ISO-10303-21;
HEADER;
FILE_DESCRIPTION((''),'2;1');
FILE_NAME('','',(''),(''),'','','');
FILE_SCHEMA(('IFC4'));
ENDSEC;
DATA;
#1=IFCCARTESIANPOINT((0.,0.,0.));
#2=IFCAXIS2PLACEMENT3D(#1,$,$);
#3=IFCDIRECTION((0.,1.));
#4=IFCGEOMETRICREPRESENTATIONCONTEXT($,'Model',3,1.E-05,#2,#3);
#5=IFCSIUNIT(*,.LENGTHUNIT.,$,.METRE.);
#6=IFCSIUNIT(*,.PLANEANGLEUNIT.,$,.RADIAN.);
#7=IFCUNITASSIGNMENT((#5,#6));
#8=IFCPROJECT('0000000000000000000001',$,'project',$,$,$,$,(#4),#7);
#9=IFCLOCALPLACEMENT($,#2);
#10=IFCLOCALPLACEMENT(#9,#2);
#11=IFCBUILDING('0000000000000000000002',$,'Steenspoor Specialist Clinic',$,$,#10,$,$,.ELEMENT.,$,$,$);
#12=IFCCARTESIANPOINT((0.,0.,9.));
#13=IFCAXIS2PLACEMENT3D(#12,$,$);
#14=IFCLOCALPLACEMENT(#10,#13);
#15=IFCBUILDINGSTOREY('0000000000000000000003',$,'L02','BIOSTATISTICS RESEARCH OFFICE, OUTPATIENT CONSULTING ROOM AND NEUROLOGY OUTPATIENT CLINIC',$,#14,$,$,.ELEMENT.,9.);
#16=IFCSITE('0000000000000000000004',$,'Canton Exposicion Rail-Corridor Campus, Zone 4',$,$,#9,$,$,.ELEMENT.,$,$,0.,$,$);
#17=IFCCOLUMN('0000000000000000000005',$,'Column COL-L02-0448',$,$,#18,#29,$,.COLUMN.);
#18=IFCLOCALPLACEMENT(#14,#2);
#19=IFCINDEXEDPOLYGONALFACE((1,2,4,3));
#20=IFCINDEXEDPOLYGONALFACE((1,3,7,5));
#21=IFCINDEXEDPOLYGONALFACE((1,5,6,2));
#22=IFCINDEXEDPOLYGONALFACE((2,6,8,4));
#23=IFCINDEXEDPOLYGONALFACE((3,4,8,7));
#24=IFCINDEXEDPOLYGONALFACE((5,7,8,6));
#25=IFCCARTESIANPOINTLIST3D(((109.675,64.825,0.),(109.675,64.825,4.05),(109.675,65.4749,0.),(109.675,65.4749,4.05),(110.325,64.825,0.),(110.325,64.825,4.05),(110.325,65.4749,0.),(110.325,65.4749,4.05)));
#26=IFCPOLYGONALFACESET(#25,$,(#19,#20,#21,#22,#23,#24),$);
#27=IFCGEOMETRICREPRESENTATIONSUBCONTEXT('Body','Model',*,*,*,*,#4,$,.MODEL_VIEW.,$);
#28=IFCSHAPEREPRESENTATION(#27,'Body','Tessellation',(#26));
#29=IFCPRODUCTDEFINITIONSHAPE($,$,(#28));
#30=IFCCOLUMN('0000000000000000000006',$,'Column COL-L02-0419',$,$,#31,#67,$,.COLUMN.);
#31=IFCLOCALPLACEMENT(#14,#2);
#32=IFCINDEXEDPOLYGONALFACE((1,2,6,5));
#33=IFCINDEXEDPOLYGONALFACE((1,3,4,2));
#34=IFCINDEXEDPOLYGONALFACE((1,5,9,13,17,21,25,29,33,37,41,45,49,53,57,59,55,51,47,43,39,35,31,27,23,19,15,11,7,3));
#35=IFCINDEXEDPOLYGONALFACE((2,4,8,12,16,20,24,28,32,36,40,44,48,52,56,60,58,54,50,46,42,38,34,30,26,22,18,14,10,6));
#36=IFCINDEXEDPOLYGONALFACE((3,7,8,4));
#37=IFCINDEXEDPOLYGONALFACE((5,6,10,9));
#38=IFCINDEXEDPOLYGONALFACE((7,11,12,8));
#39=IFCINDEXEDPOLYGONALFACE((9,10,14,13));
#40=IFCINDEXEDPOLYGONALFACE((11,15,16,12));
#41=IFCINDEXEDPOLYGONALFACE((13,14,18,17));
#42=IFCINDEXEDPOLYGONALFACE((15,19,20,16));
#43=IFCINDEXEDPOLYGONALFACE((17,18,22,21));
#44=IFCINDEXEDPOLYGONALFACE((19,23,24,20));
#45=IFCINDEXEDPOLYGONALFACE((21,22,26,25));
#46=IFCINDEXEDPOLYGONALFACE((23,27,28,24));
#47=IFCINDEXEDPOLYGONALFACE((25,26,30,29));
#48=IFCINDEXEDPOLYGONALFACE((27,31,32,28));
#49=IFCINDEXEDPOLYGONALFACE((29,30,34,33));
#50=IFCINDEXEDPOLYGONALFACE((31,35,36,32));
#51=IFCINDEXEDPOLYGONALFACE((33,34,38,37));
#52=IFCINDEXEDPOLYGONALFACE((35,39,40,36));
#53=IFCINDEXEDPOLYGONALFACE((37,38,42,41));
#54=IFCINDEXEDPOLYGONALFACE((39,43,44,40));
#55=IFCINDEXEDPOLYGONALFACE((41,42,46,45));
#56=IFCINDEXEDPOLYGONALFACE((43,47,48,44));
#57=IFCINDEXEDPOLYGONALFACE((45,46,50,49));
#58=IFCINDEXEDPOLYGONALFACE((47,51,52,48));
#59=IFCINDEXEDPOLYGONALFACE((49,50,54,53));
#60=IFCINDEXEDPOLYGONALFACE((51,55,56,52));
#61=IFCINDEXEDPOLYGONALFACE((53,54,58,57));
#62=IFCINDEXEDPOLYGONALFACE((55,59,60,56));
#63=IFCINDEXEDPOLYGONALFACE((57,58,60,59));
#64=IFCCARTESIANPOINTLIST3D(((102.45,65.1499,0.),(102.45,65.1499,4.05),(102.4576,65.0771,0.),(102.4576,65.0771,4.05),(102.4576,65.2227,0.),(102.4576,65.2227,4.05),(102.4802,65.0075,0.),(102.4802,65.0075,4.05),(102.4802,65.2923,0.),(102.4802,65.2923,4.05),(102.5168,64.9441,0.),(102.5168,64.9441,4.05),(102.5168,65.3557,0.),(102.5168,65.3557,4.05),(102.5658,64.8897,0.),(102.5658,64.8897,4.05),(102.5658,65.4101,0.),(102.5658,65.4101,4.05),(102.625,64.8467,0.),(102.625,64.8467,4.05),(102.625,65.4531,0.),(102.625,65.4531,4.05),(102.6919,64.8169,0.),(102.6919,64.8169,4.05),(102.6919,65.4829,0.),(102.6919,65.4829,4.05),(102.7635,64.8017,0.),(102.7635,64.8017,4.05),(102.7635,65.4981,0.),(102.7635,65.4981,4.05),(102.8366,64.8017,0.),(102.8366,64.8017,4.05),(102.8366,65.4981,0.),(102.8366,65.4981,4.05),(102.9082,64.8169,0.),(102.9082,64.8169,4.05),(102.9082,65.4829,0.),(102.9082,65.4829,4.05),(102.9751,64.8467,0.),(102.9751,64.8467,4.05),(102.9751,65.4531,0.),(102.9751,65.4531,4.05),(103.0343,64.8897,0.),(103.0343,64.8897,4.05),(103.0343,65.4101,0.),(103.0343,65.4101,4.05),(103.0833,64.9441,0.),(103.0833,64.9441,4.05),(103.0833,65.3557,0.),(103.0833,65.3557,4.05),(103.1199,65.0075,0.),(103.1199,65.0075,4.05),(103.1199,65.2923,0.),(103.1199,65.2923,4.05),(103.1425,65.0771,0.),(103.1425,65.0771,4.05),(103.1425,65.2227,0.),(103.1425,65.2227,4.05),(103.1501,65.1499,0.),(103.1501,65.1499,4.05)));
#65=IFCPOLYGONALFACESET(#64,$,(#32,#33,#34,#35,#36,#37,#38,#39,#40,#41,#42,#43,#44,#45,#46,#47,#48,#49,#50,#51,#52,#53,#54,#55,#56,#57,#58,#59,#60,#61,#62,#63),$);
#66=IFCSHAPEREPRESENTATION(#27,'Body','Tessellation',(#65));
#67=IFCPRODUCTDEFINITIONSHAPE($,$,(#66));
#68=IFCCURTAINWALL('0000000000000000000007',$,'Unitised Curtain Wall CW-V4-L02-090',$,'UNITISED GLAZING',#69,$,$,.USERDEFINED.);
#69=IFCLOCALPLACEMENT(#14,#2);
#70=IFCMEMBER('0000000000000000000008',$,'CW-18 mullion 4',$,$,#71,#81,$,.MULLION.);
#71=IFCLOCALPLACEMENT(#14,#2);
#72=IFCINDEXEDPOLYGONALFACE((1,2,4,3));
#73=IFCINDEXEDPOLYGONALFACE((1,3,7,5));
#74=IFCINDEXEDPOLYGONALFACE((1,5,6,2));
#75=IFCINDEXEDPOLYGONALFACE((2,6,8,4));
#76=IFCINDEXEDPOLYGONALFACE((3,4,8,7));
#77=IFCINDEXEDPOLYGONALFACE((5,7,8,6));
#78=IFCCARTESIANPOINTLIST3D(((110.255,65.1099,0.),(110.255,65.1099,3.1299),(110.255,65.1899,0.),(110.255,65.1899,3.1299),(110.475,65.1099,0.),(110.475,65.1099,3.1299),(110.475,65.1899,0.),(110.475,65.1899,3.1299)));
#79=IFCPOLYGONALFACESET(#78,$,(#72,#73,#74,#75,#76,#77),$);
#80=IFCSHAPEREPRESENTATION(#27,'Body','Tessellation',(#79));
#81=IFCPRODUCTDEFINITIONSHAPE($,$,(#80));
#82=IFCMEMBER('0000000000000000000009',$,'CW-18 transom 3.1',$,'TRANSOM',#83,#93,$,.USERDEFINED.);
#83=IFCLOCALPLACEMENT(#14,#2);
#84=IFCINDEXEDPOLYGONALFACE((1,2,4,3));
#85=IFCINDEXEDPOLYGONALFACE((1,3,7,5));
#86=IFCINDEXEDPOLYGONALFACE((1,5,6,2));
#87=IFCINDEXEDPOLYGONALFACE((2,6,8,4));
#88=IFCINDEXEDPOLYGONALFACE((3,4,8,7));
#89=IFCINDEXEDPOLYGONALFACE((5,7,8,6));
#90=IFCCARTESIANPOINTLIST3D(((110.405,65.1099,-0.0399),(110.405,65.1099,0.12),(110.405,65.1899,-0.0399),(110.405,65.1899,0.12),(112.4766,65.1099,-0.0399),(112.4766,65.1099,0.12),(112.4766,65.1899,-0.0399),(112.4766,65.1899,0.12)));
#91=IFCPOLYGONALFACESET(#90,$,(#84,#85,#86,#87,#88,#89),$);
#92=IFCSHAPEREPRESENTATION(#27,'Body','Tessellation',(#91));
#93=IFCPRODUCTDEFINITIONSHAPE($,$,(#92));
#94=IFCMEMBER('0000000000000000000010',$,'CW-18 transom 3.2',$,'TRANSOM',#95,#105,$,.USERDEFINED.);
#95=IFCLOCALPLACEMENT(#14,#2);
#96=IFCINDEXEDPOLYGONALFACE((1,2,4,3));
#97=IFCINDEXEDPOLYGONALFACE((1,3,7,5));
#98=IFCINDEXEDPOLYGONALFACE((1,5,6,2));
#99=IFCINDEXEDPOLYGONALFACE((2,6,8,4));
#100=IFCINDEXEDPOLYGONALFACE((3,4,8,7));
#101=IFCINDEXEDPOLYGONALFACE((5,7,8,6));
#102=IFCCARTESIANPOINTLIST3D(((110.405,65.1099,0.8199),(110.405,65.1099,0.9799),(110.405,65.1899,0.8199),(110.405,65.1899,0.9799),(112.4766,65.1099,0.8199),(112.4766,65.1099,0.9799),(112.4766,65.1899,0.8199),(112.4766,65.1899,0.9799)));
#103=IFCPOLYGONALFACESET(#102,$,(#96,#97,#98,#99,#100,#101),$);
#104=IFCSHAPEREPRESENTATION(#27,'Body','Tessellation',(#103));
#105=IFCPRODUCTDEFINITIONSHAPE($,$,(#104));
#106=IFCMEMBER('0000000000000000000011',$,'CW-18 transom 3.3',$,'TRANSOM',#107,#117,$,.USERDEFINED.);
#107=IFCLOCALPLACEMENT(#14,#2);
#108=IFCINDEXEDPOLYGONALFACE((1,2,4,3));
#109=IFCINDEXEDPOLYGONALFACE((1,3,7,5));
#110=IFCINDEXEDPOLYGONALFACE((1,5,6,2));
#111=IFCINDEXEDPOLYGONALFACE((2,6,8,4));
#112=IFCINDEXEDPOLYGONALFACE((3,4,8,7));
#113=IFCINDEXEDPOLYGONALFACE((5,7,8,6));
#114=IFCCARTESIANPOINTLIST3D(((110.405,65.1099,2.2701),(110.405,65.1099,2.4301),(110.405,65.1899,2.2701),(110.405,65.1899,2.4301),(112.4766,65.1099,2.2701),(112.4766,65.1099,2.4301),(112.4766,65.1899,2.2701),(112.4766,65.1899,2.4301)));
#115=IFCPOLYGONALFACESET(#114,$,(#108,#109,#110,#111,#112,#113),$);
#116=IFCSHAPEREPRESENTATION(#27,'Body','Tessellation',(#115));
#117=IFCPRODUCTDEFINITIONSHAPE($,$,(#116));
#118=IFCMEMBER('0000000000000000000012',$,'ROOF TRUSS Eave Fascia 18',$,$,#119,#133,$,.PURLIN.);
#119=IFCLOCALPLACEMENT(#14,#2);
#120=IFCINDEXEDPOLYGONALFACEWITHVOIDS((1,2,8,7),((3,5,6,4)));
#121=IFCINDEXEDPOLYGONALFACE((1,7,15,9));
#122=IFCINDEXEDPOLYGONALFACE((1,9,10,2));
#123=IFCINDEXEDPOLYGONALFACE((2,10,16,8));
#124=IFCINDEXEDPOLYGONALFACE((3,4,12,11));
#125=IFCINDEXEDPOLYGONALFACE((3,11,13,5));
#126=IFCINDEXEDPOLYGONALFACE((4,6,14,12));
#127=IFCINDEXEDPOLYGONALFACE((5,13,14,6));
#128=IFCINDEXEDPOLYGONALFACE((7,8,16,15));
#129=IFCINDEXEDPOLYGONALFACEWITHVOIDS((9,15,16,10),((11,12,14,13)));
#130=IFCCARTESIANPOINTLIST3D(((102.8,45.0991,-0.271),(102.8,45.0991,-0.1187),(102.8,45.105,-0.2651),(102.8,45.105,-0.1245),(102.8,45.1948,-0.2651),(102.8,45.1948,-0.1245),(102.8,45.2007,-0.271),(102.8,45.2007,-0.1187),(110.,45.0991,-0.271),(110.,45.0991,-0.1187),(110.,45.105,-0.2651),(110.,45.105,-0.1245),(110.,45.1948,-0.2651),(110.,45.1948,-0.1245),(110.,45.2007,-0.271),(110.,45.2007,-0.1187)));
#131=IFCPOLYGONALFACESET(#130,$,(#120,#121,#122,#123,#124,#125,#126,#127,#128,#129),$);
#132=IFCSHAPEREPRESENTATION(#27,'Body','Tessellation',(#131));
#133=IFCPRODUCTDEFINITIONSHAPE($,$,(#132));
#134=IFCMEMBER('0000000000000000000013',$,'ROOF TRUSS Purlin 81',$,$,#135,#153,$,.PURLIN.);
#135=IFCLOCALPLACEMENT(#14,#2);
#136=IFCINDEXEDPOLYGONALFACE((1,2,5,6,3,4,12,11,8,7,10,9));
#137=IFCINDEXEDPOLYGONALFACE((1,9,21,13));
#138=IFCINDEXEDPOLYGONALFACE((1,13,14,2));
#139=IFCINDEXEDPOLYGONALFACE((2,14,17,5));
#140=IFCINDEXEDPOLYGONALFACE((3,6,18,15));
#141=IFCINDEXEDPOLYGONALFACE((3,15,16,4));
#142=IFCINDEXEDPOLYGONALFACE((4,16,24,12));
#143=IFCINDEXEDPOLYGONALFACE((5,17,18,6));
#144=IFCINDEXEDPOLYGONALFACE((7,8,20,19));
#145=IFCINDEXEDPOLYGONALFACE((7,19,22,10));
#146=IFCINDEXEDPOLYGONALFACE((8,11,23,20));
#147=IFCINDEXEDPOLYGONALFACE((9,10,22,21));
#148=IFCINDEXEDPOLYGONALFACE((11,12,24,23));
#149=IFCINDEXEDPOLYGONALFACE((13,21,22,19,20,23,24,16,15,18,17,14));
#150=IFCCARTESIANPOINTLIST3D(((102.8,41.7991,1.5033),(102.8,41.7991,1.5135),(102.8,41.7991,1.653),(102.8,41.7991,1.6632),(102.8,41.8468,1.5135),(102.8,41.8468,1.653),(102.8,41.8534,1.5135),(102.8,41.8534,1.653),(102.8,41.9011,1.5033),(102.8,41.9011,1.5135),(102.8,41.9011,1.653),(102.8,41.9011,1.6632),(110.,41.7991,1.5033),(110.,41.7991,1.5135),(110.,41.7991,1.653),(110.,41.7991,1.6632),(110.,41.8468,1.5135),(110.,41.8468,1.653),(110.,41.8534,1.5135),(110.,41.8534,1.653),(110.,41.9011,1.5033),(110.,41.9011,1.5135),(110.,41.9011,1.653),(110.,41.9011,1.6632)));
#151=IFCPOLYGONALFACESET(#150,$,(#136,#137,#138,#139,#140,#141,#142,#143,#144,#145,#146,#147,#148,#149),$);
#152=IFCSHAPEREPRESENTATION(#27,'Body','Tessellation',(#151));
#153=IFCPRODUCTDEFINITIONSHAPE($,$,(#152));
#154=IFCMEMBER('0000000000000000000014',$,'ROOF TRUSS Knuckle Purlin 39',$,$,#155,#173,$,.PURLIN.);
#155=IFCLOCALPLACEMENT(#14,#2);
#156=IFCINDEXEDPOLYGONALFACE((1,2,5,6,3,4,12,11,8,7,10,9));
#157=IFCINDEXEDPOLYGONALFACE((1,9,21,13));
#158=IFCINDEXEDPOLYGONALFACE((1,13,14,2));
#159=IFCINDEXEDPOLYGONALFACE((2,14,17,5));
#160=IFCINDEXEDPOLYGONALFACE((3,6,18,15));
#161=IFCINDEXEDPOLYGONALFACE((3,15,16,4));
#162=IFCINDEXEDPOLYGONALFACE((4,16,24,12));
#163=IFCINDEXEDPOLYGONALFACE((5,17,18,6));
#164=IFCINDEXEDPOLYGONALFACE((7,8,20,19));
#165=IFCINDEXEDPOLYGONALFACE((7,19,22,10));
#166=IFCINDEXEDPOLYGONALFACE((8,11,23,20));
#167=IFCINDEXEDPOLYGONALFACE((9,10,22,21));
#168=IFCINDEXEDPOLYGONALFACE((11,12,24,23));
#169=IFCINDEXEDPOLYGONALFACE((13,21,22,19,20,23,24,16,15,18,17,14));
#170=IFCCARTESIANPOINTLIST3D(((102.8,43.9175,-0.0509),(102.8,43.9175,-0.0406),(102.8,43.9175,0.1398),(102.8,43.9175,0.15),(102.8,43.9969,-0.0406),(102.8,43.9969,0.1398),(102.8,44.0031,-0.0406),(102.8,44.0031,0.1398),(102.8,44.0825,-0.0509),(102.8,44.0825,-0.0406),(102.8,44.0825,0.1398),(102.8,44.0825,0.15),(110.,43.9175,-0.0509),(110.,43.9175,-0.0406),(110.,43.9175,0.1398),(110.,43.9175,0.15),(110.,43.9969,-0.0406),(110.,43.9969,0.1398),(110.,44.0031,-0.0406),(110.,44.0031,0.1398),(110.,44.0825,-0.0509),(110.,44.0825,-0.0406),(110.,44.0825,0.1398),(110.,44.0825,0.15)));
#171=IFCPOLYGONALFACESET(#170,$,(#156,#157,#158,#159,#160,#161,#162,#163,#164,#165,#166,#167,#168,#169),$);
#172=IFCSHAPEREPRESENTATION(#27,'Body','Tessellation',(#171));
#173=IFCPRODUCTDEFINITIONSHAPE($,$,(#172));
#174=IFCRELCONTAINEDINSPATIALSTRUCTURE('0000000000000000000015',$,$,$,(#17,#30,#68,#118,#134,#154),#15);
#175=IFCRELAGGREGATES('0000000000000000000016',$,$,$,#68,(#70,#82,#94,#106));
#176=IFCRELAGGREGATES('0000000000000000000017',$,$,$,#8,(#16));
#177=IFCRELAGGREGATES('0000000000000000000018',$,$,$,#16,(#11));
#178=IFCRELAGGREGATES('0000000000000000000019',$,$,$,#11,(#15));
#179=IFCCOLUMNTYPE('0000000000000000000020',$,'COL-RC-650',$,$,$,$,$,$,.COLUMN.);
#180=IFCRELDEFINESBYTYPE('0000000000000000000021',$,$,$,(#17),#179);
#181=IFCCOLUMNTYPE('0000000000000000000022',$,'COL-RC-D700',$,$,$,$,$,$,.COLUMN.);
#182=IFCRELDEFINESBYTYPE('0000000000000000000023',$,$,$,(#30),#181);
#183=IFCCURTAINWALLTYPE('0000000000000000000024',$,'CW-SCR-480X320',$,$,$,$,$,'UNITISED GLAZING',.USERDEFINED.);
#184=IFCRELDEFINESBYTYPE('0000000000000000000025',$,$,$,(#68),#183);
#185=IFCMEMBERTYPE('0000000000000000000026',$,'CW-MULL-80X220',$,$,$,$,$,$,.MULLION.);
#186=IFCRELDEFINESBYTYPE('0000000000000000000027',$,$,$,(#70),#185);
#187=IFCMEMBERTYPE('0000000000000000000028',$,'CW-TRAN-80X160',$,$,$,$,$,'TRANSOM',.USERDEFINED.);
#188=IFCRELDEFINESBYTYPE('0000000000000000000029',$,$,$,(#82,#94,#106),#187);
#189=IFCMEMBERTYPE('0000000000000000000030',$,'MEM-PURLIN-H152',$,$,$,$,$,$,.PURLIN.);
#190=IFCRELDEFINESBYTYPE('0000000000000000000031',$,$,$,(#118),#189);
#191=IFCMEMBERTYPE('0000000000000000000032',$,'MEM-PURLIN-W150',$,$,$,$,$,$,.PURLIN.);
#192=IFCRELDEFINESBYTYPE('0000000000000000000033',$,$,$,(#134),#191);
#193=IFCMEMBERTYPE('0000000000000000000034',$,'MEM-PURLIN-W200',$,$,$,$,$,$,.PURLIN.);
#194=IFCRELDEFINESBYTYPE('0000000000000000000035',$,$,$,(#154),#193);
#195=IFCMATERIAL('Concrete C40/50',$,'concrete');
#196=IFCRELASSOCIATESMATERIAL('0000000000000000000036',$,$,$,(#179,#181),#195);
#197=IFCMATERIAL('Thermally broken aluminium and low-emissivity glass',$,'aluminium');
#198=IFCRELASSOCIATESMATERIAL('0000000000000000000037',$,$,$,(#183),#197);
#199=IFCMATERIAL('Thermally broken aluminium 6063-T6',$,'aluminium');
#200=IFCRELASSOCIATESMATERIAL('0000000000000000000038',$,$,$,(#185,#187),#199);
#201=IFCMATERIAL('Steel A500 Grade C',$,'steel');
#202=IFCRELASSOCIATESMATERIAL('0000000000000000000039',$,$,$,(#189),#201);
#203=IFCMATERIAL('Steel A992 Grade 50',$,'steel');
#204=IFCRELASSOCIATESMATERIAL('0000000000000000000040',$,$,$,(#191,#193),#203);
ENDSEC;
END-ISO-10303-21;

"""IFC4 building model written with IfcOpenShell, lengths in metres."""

from ifc_helpers import new_model, si_unit, direction, frame, origin, origin_2d, place, context, subcontext, project, spatial, rectangle, hollow_rectangle, circle, i_section, extrude, material, material_profile, profile_set, type_object, element, aggregate, save


model = new_model("IFC4")

# Units and contexts
model_context = context("Model", 3, precision=1e-05, world=origin(), true_north=direction((0.0, 1.0)))
body_context = subcontext(model_context, "Body", "Model", "MODEL_VIEW")
ifc_project = project(units=[si_unit("LENGTHUNIT", "METRE"), si_unit("PLANEANGLEUNIT", "RADIAN")], contexts=[model_context])

# Site, building, storey
site_placement = place(None, origin())
site = spatial("IfcSite", under=ifc_project, at=site_placement, Name="Canton Exposicion Rail-Corridor Campus, Zone 4", CompositionType="ELEMENT", RefElevation=0.0)
building_placement = place(site_placement, origin())
building = spatial("IfcBuilding", under=site, at=building_placement, Name="Steenspoor Specialist Clinic", CompositionType="ELEMENT")
storey_placement = place(building_placement, frame((0.0, 0.0, 9.0)))
storey = spatial("IfcBuildingStorey", under=building, at=storey_placement, Name="L02", Description="BIOSTATISTICS RESEARCH OFFICE, OUTPATIENT CONSULTING ROOM AND NEUROLOGY OUTPATIENT CLINIC", CompositionType="ELEMENT", Elevation=9.0)

# Columns
ifc_material_1 = material(Name="Concrete C40/50", Category="concrete")
ifc_material_profile_1 = material_profile(ifc_material_1, rectangle(XDim=0.6499, YDim=0.6499, at=origin_2d()), Name="RC-COL-650X650")
ifc_profile_set_1 = profile_set([ifc_material_profile_1], Name="Concrete C40/50")
column_type_1 = type_object("IfcColumnType", Name="COL-RC-650", PredefinedType="COLUMN", material=ifc_profile_set_1)
column_1_placement = place(storey_placement, frame((110.0, 65.1499, 0.0), z_axis=(0.0, 0.0, 1.0), x_axis=(1.0, 0.0, 0.0)))
element("IfcColumn", 1, at=column_1_placement, inside=storey, type_object=column_type_1, Name="Column COL-L02-0448", PredefinedType="COLUMN", context=body_context, shape_type="SweptSolid", body=[
    extrude(rectangle(XDim=0.6499, YDim=0.6499, at=origin_2d()), origin(), (0.0, 0.0, 1.0), 4.05),
])
ifc_material_profile_2 = material_profile(ifc_material_1, circle(Radius=0.3501, at=origin_2d()), Name="RC-COL-D700")
ifc_profile_set_2 = profile_set([ifc_material_profile_2], Name="Concrete C40/50")
column_type_2 = type_object("IfcColumnType", Name="COL-RC-D700", PredefinedType="COLUMN", material=ifc_profile_set_2)
column_2_placement = place(storey_placement, frame((102.8, 65.1499, 0.0), z_axis=(0.0, 0.0, 1.0), x_axis=(1.0, 0.0, 0.0)))
element("IfcColumn", 2, at=column_2_placement, inside=storey, type_object=column_type_2, Name="Column COL-L02-0419", PredefinedType="COLUMN", context=body_context, shape_type="SweptSolid", body=[
    extrude(circle(Radius=0.3501, at=origin_2d()), origin(), (0.0, 0.0, 1.0), 4.05),
])

# Curtain wall, members
ifc_material_2 = material(Name="Thermally broken aluminium and low-emissivity glass", Category="aluminium")
curtain_wall_type = type_object("IfcCurtainWallType", Name="CW-SCR-480X320", ElementType="UNITISED GLAZING", PredefinedType="USERDEFINED", material=ifc_material_2)
curtain_wall_placement = place(storey_placement, origin())
curtain_wall = element("IfcCurtainWall", 3, at=curtain_wall_placement, inside=storey, type_object=curtain_wall_type, Name="Unitised Curtain Wall CW-V4-L02-090", ObjectType="UNITISED GLAZING", PredefinedType="USERDEFINED")
ifc_material_3 = material(Name="Thermally broken aluminium 6063-T6", Category="aluminium")
ifc_material_profile_3 = material_profile(ifc_material_3, rectangle(XDim=0.0801, YDim=0.22, at=origin_2d()), Name="CWM-80X220")
ifc_profile_set_3 = profile_set([ifc_material_profile_3], Name="Thermally broken aluminium 6063-T6")
member_type_1 = type_object("IfcMemberType", Name="CW-MULL-80X220", PredefinedType="MULLION", material=ifc_profile_set_3)
member_1_placement = place(storey_placement, frame((110.365, 65.1499, 0.0), z_axis=(0.0, 0.0, 1.0), x_axis=(0.0, -1.0, 0.0)))
member_1 = element("IfcMember", 4, at=member_1_placement, type_object=member_type_1, Name="CW-18 mullion 4", PredefinedType="MULLION", context=body_context, shape_type="SweptSolid", body=[
    extrude(rectangle(XDim=0.0801, YDim=0.22, at=origin_2d()), origin(), (0.0, 0.0, 1.0), 3.1299),
])
ifc_material_profile_4 = material_profile(ifc_material_3, rectangle(XDim=0.0801, YDim=0.1599, at=origin_2d()), Name="CWT-80X160")
ifc_profile_set_4 = profile_set([ifc_material_profile_4], Name="Thermally broken aluminium 6063-T6")
member_type_2 = type_object("IfcMemberType", Name="CW-TRAN-80X160", ElementType="TRANSOM", PredefinedType="USERDEFINED", material=ifc_profile_set_4)
member_2_placement = place(storey_placement, frame((112.4766, 65.1499, 0.04), z_axis=(-1.0, 0.0, 0.0), x_axis=(0.0, -1.0, 0.0)))
member_2 = element("IfcMember", 5, at=member_2_placement, type_object=member_type_2, Name="CW-18 transom 3.1", ObjectType="TRANSOM", PredefinedType="USERDEFINED", context=body_context, shape_type="SweptSolid", body=[
    extrude(rectangle(XDim=0.0801, YDim=0.1599, at=origin_2d()), origin(), (0.0, 0.0, 1.0), 2.0715),
])
member_3_placement = place(storey_placement, frame((112.4766, 65.1499, 0.8999), z_axis=(-1.0, 0.0, 0.0), x_axis=(0.0, -1.0, 0.0)))
member_3 = element("IfcMember", 6, at=member_3_placement, type_object=member_type_2, Name="CW-18 transom 3.2", ObjectType="TRANSOM", PredefinedType="USERDEFINED", context=body_context, shape_type="SweptSolid", body=[
    extrude(rectangle(XDim=0.0801, YDim=0.1599, at=origin_2d()), origin(), (0.0, 0.0, 1.0), 2.0715),
])
member_4_placement = place(storey_placement, frame((112.4766, 65.1499, 2.3501), z_axis=(-1.0, 0.0, 0.0), x_axis=(0.0, -1.0, 0.0)))
member_4 = element("IfcMember", 7, at=member_4_placement, type_object=member_type_2, Name="CW-18 transom 3.3", ObjectType="TRANSOM", PredefinedType="USERDEFINED", context=body_context, shape_type="SweptSolid", body=[
    extrude(rectangle(XDim=0.0801, YDim=0.1599, at=origin_2d()), origin(), (0.0, 0.0, 1.0), 2.0715),
])

# Members
ifc_material_4 = material(Name="Steel A500 Grade C", Category="steel")
ifc_material_profile_5 = material_profile(ifc_material_4, hollow_rectangle(XDim=0.1016, YDim=0.1523, WallThickness=0.0059, at=origin_2d()), Name="HSS152X102X6.4")
ifc_profile_set_5 = profile_set([ifc_material_profile_5], Name="Steel A500 Grade C")
member_type_3 = type_object("IfcMemberType", Name="MEM-PURLIN-H152", PredefinedType="PURLIN", material=ifc_profile_set_5)
member_5_placement = place(storey_placement, frame((102.8, 45.1499, -0.1948), z_axis=(1.0, 0.0, 0.0), x_axis=(0.0, 1.0, 0.0)))
element("IfcMember", 8, at=member_5_placement, inside=storey, type_object=member_type_3, Name="ROOF TRUSS Eave Fascia 18", PredefinedType="PURLIN", context=body_context, shape_type="SweptSolid", body=[
    extrude(hollow_rectangle(XDim=0.1016, YDim=0.1523, WallThickness=0.0059, at=origin_2d()), origin(), (0.0, 0.0, 1.0), 7.2),
])
ifc_material_5 = material(Name="Steel A992 Grade 50", Category="steel")
ifc_material_profile_6 = material_profile(ifc_material_5, i_section(OverallWidth=0.1021, OverallDepth=0.1599, WebThickness=0.0066, FlangeThickness=0.0103, at=origin_2d()), Name="W150X24")
ifc_profile_set_6 = profile_set([ifc_material_profile_6], Name="Steel A992 Grade 50")
member_type_4 = type_object("IfcMemberType", Name="MEM-PURLIN-W150", PredefinedType="PURLIN", material=ifc_profile_set_6)
member_6_placement = place(storey_placement, frame((102.8, 41.8501, 1.5833), z_axis=(1.0, 0.0, 0.0), x_axis=(0.0, 1.0, 0.0)))
element("IfcMember", 9, at=member_6_placement, inside=storey, type_object=member_type_4, Name="ROOF TRUSS Purlin 81", PredefinedType="PURLIN", context=body_context, shape_type="SweptSolid", body=[
    extrude(i_section(OverallWidth=0.1021, OverallDepth=0.1599, WebThickness=0.0066, FlangeThickness=0.0103, at=origin_2d()), origin(), (0.0, 0.0, 1.0), 7.2),
])
ifc_material_profile_7 = material_profile(ifc_material_5, i_section(OverallWidth=0.165, OverallDepth=0.2009, WebThickness=0.0061, FlangeThickness=0.0103, at=origin_2d()), Name="W200X36")
ifc_profile_set_7 = profile_set([ifc_material_profile_7], Name="Steel A992 Grade 50")
member_type_5 = type_object("IfcMemberType", Name="MEM-PURLIN-W200", PredefinedType="PURLIN", material=ifc_profile_set_7)
member_7_placement = place(storey_placement, frame((102.8, 44.0, 0.0496), z_axis=(1.0, 0.0, 0.0), x_axis=(0.0, 1.0, 0.0)))
element("IfcMember", 10, at=member_7_placement, inside=storey, type_object=member_type_5, Name="ROOF TRUSS Knuckle Purlin 39", PredefinedType="PURLIN", context=body_context, shape_type="SweptSolid", body=[
    extrude(i_section(OverallWidth=0.165, OverallDepth=0.2009, WebThickness=0.0061, FlangeThickness=0.0103, at=origin_2d()), origin(), (0.0, 0.0, 1.0), 7.2),
])

aggregate(curtain_wall, [member_1, member_2, member_3, member_4])

save(model, "model.ifc")
